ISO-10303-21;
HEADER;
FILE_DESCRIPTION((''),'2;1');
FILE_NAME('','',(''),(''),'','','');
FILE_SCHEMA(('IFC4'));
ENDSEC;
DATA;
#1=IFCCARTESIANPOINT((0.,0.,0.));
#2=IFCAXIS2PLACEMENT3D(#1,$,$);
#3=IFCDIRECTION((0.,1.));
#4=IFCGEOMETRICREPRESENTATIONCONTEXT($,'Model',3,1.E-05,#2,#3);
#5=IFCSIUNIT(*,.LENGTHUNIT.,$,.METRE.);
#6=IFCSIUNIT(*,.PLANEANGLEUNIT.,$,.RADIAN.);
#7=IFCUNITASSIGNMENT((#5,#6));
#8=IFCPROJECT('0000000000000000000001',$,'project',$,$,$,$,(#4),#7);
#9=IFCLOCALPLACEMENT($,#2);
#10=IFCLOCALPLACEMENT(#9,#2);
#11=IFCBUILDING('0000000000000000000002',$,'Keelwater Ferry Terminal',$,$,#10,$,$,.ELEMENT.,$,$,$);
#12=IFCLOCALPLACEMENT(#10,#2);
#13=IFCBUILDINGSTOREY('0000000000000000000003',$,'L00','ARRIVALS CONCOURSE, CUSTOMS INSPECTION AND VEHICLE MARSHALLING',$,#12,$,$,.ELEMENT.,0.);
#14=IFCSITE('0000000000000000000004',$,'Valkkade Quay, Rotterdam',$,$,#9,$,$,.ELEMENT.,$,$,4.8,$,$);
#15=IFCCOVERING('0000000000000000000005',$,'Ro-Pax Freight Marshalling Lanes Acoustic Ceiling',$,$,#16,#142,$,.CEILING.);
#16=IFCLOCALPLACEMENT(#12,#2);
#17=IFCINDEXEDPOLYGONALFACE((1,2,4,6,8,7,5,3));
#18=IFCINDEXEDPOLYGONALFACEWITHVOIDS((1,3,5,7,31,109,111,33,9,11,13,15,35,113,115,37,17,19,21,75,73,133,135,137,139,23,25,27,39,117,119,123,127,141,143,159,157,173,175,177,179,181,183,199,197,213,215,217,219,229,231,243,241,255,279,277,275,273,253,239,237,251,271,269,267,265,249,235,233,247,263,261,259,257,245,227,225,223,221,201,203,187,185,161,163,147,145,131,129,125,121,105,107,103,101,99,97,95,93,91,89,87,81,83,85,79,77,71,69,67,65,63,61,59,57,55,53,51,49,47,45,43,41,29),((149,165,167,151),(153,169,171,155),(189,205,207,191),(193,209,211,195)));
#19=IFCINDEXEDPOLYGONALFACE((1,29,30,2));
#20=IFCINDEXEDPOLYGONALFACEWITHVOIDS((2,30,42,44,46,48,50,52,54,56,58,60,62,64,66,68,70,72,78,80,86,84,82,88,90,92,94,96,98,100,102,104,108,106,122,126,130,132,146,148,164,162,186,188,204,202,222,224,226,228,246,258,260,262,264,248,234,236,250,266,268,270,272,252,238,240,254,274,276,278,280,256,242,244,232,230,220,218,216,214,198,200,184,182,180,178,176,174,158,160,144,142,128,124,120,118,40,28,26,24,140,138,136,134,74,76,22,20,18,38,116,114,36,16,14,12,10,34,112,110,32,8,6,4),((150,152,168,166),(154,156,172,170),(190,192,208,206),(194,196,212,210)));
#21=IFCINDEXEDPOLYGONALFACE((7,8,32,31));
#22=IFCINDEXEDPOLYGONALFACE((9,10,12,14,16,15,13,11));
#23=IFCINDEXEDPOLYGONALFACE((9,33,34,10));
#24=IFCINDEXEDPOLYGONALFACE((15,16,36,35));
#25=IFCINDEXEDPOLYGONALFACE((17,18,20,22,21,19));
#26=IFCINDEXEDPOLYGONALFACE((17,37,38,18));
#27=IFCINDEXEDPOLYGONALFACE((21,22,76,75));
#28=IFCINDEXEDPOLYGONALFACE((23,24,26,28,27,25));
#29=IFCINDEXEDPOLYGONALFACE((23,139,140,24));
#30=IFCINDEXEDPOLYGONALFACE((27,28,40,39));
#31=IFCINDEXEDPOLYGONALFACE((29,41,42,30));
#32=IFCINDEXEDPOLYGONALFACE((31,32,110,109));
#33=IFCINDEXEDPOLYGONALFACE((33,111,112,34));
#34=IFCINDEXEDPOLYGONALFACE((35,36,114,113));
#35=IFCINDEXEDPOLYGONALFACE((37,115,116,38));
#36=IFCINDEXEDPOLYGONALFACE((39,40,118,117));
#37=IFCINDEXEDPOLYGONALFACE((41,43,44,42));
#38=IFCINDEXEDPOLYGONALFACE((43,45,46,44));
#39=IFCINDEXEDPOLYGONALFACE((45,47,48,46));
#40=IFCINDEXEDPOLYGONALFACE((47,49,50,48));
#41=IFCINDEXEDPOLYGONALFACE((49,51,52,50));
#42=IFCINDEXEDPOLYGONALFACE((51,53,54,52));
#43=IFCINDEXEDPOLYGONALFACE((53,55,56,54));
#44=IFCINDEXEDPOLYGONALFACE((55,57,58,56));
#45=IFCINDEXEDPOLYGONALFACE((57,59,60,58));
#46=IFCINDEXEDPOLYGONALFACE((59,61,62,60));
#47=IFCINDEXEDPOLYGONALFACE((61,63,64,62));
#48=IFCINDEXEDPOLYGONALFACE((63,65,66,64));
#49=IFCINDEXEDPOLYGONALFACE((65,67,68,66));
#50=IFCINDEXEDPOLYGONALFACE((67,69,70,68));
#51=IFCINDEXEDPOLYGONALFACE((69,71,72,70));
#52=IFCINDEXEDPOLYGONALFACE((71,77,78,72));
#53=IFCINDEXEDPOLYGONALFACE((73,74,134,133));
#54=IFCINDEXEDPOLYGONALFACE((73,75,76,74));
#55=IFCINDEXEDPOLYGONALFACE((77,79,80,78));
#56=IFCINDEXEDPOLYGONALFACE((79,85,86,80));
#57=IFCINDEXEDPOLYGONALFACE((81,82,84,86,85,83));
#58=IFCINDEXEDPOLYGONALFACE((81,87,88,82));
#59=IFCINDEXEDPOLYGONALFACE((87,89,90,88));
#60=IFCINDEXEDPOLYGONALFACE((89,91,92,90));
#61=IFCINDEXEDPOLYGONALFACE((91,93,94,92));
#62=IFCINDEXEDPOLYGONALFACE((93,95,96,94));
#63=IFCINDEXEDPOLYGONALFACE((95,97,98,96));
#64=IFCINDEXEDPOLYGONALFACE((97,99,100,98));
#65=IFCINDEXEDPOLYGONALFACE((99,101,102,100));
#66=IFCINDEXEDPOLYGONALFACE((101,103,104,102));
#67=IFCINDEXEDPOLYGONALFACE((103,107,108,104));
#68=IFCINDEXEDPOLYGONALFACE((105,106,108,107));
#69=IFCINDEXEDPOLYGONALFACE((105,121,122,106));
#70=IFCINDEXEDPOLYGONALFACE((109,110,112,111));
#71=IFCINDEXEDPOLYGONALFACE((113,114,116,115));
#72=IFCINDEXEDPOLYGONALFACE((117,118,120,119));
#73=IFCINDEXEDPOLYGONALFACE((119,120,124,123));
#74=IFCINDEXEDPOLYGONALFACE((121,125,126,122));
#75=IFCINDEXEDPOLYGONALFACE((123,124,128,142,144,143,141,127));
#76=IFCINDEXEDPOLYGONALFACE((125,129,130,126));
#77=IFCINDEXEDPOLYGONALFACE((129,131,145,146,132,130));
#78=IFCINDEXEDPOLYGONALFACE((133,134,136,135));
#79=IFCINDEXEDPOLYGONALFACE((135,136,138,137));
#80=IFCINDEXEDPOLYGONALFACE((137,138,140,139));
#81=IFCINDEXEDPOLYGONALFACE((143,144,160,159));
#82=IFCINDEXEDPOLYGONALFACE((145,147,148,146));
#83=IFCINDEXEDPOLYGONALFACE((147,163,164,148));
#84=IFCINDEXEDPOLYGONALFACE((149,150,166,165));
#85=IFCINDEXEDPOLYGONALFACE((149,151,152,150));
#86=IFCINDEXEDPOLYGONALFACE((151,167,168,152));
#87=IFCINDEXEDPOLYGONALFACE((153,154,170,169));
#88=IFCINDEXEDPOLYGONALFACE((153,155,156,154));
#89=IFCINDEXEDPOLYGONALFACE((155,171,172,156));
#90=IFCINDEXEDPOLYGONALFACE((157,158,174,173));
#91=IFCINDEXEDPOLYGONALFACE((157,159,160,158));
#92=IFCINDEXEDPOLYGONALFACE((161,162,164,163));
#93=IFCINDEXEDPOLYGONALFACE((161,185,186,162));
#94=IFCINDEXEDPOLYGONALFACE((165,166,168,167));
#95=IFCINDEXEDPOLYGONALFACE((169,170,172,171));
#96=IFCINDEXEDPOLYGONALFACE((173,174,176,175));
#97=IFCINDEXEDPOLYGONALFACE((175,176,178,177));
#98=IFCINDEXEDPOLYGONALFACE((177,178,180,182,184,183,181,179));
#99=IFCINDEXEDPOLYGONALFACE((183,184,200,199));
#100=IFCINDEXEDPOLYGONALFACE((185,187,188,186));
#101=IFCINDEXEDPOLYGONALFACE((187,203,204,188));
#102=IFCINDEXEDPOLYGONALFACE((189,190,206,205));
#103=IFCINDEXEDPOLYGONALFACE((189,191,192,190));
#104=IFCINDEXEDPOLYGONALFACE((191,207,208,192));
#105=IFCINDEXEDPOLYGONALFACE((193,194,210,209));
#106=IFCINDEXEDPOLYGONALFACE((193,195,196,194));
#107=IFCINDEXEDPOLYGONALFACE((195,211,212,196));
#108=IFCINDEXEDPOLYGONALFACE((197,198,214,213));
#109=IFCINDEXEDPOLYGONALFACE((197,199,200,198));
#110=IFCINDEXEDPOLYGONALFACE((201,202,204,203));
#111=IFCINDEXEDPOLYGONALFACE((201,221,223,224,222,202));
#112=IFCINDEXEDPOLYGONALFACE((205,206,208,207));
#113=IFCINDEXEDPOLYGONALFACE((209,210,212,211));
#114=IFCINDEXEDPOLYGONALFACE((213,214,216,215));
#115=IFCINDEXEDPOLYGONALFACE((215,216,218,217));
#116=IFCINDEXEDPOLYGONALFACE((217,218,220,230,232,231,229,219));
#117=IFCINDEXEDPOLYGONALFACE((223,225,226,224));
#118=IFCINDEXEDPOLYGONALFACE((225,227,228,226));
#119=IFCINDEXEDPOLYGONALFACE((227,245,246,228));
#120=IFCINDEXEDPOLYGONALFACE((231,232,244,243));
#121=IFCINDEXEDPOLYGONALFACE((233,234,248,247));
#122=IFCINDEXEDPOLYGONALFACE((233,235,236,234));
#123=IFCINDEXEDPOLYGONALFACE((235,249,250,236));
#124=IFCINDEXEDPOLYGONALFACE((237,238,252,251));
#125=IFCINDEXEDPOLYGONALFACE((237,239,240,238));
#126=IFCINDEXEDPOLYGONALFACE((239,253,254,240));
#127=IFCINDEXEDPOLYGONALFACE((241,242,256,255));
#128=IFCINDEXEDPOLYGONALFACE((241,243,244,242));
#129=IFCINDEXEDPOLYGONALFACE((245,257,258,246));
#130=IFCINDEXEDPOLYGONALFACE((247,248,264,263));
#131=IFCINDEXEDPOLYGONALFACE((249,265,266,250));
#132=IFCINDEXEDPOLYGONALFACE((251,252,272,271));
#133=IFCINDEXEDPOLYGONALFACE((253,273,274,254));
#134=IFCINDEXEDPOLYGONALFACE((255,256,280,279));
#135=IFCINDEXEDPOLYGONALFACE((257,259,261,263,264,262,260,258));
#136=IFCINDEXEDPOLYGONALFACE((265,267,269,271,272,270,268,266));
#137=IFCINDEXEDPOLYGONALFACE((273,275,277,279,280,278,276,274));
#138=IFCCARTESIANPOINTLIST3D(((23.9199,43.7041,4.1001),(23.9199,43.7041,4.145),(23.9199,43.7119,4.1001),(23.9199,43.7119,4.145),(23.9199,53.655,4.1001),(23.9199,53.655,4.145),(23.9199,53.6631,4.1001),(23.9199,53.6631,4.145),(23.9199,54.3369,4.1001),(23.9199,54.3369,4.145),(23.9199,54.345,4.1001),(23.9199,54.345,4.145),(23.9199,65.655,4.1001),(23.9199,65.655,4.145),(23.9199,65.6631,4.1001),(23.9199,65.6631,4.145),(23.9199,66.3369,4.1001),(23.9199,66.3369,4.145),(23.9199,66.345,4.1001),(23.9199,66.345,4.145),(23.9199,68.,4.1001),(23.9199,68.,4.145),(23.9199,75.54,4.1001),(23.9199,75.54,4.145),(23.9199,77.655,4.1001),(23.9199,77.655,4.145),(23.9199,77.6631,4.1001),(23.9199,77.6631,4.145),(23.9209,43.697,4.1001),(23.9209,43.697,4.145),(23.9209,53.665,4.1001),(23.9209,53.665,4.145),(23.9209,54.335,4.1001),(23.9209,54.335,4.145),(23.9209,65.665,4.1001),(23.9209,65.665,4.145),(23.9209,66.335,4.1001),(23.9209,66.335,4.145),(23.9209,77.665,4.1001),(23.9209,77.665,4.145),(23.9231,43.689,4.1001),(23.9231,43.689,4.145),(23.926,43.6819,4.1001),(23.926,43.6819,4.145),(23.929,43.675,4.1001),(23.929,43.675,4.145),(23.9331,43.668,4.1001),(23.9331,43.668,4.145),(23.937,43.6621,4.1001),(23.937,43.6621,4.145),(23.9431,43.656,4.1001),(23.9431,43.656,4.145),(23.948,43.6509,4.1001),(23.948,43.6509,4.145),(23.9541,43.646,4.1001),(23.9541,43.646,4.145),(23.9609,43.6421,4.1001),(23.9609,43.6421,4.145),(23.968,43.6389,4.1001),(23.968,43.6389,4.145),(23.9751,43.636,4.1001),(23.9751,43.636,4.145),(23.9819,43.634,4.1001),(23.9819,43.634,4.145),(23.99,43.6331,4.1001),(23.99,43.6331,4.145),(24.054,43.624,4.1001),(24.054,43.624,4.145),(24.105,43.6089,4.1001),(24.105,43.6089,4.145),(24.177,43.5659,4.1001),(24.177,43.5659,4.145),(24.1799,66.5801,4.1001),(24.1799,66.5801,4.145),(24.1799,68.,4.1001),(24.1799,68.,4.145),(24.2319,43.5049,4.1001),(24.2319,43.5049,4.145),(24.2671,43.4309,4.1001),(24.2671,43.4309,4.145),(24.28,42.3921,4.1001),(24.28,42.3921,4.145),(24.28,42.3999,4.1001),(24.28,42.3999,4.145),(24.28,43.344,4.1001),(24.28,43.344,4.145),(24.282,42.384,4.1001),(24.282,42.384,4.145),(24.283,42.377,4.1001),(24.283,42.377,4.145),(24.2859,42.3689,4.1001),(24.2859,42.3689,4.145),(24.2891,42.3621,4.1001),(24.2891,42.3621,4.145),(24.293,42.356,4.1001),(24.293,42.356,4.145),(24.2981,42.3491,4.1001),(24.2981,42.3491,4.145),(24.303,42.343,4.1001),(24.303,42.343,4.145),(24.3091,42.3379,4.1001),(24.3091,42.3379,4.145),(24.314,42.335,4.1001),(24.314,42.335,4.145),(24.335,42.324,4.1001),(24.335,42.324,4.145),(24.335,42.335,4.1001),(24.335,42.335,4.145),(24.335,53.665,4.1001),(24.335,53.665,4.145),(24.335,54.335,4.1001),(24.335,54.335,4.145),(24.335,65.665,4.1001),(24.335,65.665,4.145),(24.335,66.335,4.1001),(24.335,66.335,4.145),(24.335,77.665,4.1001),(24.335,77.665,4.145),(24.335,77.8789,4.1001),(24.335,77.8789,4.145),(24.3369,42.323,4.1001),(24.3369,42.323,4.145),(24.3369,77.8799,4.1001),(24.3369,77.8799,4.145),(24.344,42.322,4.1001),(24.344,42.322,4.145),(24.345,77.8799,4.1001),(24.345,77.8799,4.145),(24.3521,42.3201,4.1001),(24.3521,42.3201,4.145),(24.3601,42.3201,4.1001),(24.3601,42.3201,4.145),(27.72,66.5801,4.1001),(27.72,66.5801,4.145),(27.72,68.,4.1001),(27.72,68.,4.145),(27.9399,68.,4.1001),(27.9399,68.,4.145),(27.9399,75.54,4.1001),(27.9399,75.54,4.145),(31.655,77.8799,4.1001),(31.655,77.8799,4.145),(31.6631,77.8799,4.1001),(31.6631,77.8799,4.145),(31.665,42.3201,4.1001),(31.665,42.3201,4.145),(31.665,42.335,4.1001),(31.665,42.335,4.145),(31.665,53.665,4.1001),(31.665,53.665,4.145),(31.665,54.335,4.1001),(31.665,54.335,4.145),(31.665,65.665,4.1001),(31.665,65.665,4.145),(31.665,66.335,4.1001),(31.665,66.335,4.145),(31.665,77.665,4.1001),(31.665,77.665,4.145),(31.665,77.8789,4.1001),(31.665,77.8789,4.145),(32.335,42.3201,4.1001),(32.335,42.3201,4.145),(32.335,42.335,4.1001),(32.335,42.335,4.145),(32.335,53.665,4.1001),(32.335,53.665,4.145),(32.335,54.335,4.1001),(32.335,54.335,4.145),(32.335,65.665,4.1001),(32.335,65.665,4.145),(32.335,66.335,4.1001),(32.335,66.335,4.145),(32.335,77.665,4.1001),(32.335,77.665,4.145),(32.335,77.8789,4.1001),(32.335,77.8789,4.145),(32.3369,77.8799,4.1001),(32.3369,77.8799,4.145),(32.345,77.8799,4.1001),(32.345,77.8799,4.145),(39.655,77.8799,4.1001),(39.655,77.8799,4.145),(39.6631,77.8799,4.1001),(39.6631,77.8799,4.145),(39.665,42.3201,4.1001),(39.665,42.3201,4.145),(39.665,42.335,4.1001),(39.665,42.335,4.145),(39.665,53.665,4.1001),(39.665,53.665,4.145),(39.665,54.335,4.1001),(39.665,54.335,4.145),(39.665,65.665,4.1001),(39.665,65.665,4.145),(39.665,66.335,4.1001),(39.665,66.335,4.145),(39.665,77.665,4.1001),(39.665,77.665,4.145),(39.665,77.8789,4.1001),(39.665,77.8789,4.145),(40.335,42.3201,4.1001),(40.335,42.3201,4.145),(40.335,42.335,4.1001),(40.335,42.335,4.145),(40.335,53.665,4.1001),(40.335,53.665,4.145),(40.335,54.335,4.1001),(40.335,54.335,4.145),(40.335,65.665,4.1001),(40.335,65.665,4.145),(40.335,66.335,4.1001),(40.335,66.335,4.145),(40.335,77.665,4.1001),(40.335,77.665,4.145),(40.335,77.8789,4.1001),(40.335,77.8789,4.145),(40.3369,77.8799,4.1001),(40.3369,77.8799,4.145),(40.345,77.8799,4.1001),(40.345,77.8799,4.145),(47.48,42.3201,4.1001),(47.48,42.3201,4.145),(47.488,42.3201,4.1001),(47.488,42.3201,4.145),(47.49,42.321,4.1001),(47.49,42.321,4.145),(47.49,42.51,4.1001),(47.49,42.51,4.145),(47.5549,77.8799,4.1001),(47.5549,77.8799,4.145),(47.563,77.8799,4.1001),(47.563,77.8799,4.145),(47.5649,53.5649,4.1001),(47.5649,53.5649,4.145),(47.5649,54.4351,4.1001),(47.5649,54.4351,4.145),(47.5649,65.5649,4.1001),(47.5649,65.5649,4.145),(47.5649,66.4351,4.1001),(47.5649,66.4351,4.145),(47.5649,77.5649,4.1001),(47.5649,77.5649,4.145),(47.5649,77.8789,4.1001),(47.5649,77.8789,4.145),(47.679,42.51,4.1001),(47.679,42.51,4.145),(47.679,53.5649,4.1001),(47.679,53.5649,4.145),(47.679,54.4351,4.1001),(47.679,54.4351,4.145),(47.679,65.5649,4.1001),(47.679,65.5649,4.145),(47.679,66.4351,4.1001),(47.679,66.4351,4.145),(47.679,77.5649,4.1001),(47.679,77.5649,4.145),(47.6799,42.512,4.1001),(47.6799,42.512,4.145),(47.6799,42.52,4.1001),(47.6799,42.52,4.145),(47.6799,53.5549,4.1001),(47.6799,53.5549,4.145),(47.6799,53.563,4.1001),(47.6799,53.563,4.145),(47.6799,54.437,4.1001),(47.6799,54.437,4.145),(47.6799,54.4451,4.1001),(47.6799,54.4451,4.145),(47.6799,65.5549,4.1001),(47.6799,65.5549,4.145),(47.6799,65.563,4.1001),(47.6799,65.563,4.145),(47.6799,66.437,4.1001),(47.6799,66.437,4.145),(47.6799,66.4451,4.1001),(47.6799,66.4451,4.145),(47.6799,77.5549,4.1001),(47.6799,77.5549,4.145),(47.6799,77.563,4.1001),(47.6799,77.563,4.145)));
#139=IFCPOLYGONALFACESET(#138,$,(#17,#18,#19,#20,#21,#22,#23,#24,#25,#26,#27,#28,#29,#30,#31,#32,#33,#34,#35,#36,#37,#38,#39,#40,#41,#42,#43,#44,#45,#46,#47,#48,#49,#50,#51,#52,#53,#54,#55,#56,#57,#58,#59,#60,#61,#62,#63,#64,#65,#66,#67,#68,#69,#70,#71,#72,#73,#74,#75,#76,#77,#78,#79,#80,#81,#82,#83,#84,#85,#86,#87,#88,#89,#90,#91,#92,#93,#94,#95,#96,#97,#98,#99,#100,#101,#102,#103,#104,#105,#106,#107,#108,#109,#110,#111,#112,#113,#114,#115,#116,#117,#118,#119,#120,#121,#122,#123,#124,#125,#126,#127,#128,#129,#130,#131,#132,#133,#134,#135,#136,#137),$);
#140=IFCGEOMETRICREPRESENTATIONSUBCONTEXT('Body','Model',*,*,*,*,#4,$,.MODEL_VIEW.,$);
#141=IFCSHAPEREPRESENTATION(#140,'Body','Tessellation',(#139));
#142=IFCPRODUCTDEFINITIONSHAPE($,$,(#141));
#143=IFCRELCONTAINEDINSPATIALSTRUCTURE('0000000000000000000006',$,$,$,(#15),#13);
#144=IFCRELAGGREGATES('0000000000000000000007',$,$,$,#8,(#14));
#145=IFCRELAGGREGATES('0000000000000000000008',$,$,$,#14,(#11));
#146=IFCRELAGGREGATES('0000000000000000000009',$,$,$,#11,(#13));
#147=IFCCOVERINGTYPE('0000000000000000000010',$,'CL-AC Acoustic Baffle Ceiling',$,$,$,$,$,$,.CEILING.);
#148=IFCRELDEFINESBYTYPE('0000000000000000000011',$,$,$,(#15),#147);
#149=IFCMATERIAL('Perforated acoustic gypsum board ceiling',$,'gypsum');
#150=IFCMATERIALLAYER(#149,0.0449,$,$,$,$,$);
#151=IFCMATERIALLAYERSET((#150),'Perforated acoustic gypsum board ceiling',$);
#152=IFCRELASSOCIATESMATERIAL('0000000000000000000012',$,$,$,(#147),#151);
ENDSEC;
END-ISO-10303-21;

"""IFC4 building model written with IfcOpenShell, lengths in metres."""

from ifc_helpers import new_model, si_unit, direction, frame, origin, place, context, subcontext, project, spatial, polyline, outline, extrude, material, layer, layer_set, type_object, element, save


model = new_model("IFC4")

# Units and contexts
model_context = context("Model", 3, precision=1e-05, world=origin(), true_north=direction((0.0, 1.0)))
body_context = subcontext(model_context, "Body", "Model", "MODEL_VIEW")
ifc_project = project(units=[si_unit("LENGTHUNIT", "METRE"), si_unit("PLANEANGLEUNIT", "RADIAN")], contexts=[model_context])

# Site, building, storey
site_placement = place(None, origin())
site = spatial("IfcSite", under=ifc_project, at=site_placement, Name="Valkkade Quay, Rotterdam", CompositionType="ELEMENT", RefElevation=4.8)
building_placement = place(site_placement, origin())
building = spatial("IfcBuilding", under=site, at=building_placement, Name="Keelwater Ferry Terminal", CompositionType="ELEMENT")
storey_placement = place(building_placement, origin())
storey = spatial("IfcBuildingStorey", under=building, at=storey_placement, Name="L00", Description="ARRIVALS CONCOURSE, CUSTOMS INSPECTION AND VEHICLE MARSHALLING", CompositionType="ELEMENT", Elevation=0.0)

# Covering
ifc_material_1 = material(Name="Perforated acoustic gypsum board ceiling", Category="gypsum")
ifc_layer_1 = layer(ifc_material_1, 0.0449)
ifc_layer_set_1 = layer_set([ifc_layer_1], Name="Perforated acoustic gypsum board ceiling")
covering_type_1 = type_object("IfcCoveringType", Name="CL-AC Acoustic Baffle Ceiling", PredefinedType="CEILING", material=ifc_layer_set_1)
covering_1_placement = place(storey_placement, frame((0.0, 0.0, 4.1001)))
element("IfcCovering", 1, at=covering_1_placement, inside=storey, type_object=covering_type_1, Name="Ro-Pax Freight Marshalling Lanes Acoustic Ceiling", PredefinedType="CEILING", context=body_context, shape_type="SweptSolid", body=[
    extrude(outline(polyline([(31.665, 77.8789), (31.665, 77.665), (32.335, 77.665), (32.335, 77.8789), (32.3369, 77.8799), (32.345, 77.8799), (39.655, 77.8799), (39.6631, 77.8799), (39.665, 77.8789), (39.665, 77.665), (40.335, 77.665), (40.335, 77.8789), (40.3369, 77.8799), (40.345, 77.8799), (47.5549, 77.8799), (47.563, 77.8799), (47.5649, 77.8789), (47.5649, 77.5649), (47.679, 77.5649), (47.6799, 77.563), (47.6799, 77.5549), (47.6799, 66.4451), (47.6799, 66.437), (47.679, 66.4351), (47.5649, 66.4351), (47.5649, 65.5649), (47.679, 65.5649), (47.6799, 65.563), (47.6799, 65.5549), (47.6799, 54.4451), (47.6799, 54.437), (47.679, 54.4351), (47.5649, 54.4351), (47.5649, 53.5649), (47.679, 53.5649), (47.6799, 53.563), (47.6799, 53.5549), (47.6799, 42.52), (47.6799, 42.512), (47.679, 42.51), (47.49, 42.51), (47.49, 42.321), (47.488, 42.3201), (47.48, 42.3201), (40.335, 42.3201), (40.335, 42.335), (39.665, 42.335), (39.665, 42.3201), (32.335, 42.3201), (32.335, 42.335), (31.665, 42.335), (31.665, 42.3201), (24.3601, 42.3201), (24.3521, 42.3201), (24.344, 42.322), (24.3369, 42.323), (24.335, 42.324), (24.335, 42.335), (24.314, 42.335), (24.3091, 42.3379), (24.303, 42.343), (24.2981, 42.3491), (24.293, 42.356), (24.2891, 42.3621), (24.2859, 42.3689), (24.283, 42.377), (24.282, 42.384), (24.28, 42.3921), (24.28, 42.3999), (24.28, 43.344), (24.2671, 43.4309), (24.2319, 43.5049), (24.177, 43.5659), (24.105, 43.6089), (24.054, 43.624), (23.99, 43.6331), (23.9819, 43.634), (23.9751, 43.636), (23.968, 43.6389), (23.9609, 43.6421), (23.9541, 43.646), (23.948, 43.6509), (23.9431, 43.656), (23.937, 43.6621), (23.9331, 43.668), (23.929, 43.675), (23.926, 43.6819), (23.9231, 43.689), (23.9209, 43.697), (23.9199, 43.7041), (23.9199, 43.7119), (23.9199, 53.655), (23.9199, 53.6631), (23.9209, 53.665), (24.335, 53.665), (24.335, 54.335), (23.9209, 54.335), (23.9199, 54.3369), (23.9199, 54.345), (23.9199, 65.655), (23.9199, 65.6631), (23.9209, 65.665), (24.335, 65.665), (24.335, 66.335), (23.9209, 66.335), (23.9199, 66.3369), (23.9199, 66.345), (23.9199, 68.0), (24.1799, 68.0), (24.1799, 66.5801), (27.72, 66.5801), (27.72, 68.0), (27.9399, 68.0), (27.9399, 75.54), (23.9199, 75.54), (23.9199, 77.655), (23.9199, 77.6631), (23.9209, 77.665), (24.335, 77.665), (24.335, 77.8789), (24.3369, 77.8799), (24.345, 77.8799), (31.655, 77.8799), (31.6631, 77.8799), (31.665, 77.8789)]), holes=[polyline([(32.335, 54.335), (31.665, 54.335), (31.665, 53.665), (32.335, 53.665), (32.335, 54.335)]), polyline([(31.665, 66.335), (31.665, 65.665), (32.335, 65.665), (32.335, 66.335), (31.665, 66.335)]), polyline([(40.335, 54.335), (39.665, 54.335), (39.665, 53.665), (40.335, 53.665), (40.335, 54.335)]), polyline([(40.335, 66.335), (39.665, 66.335), (39.665, 65.665), (40.335, 65.665), (40.335, 66.335)])]), origin(), (0.0, 0.0, 1.0), 0.0449),
])

save(model, "model.ifc")
